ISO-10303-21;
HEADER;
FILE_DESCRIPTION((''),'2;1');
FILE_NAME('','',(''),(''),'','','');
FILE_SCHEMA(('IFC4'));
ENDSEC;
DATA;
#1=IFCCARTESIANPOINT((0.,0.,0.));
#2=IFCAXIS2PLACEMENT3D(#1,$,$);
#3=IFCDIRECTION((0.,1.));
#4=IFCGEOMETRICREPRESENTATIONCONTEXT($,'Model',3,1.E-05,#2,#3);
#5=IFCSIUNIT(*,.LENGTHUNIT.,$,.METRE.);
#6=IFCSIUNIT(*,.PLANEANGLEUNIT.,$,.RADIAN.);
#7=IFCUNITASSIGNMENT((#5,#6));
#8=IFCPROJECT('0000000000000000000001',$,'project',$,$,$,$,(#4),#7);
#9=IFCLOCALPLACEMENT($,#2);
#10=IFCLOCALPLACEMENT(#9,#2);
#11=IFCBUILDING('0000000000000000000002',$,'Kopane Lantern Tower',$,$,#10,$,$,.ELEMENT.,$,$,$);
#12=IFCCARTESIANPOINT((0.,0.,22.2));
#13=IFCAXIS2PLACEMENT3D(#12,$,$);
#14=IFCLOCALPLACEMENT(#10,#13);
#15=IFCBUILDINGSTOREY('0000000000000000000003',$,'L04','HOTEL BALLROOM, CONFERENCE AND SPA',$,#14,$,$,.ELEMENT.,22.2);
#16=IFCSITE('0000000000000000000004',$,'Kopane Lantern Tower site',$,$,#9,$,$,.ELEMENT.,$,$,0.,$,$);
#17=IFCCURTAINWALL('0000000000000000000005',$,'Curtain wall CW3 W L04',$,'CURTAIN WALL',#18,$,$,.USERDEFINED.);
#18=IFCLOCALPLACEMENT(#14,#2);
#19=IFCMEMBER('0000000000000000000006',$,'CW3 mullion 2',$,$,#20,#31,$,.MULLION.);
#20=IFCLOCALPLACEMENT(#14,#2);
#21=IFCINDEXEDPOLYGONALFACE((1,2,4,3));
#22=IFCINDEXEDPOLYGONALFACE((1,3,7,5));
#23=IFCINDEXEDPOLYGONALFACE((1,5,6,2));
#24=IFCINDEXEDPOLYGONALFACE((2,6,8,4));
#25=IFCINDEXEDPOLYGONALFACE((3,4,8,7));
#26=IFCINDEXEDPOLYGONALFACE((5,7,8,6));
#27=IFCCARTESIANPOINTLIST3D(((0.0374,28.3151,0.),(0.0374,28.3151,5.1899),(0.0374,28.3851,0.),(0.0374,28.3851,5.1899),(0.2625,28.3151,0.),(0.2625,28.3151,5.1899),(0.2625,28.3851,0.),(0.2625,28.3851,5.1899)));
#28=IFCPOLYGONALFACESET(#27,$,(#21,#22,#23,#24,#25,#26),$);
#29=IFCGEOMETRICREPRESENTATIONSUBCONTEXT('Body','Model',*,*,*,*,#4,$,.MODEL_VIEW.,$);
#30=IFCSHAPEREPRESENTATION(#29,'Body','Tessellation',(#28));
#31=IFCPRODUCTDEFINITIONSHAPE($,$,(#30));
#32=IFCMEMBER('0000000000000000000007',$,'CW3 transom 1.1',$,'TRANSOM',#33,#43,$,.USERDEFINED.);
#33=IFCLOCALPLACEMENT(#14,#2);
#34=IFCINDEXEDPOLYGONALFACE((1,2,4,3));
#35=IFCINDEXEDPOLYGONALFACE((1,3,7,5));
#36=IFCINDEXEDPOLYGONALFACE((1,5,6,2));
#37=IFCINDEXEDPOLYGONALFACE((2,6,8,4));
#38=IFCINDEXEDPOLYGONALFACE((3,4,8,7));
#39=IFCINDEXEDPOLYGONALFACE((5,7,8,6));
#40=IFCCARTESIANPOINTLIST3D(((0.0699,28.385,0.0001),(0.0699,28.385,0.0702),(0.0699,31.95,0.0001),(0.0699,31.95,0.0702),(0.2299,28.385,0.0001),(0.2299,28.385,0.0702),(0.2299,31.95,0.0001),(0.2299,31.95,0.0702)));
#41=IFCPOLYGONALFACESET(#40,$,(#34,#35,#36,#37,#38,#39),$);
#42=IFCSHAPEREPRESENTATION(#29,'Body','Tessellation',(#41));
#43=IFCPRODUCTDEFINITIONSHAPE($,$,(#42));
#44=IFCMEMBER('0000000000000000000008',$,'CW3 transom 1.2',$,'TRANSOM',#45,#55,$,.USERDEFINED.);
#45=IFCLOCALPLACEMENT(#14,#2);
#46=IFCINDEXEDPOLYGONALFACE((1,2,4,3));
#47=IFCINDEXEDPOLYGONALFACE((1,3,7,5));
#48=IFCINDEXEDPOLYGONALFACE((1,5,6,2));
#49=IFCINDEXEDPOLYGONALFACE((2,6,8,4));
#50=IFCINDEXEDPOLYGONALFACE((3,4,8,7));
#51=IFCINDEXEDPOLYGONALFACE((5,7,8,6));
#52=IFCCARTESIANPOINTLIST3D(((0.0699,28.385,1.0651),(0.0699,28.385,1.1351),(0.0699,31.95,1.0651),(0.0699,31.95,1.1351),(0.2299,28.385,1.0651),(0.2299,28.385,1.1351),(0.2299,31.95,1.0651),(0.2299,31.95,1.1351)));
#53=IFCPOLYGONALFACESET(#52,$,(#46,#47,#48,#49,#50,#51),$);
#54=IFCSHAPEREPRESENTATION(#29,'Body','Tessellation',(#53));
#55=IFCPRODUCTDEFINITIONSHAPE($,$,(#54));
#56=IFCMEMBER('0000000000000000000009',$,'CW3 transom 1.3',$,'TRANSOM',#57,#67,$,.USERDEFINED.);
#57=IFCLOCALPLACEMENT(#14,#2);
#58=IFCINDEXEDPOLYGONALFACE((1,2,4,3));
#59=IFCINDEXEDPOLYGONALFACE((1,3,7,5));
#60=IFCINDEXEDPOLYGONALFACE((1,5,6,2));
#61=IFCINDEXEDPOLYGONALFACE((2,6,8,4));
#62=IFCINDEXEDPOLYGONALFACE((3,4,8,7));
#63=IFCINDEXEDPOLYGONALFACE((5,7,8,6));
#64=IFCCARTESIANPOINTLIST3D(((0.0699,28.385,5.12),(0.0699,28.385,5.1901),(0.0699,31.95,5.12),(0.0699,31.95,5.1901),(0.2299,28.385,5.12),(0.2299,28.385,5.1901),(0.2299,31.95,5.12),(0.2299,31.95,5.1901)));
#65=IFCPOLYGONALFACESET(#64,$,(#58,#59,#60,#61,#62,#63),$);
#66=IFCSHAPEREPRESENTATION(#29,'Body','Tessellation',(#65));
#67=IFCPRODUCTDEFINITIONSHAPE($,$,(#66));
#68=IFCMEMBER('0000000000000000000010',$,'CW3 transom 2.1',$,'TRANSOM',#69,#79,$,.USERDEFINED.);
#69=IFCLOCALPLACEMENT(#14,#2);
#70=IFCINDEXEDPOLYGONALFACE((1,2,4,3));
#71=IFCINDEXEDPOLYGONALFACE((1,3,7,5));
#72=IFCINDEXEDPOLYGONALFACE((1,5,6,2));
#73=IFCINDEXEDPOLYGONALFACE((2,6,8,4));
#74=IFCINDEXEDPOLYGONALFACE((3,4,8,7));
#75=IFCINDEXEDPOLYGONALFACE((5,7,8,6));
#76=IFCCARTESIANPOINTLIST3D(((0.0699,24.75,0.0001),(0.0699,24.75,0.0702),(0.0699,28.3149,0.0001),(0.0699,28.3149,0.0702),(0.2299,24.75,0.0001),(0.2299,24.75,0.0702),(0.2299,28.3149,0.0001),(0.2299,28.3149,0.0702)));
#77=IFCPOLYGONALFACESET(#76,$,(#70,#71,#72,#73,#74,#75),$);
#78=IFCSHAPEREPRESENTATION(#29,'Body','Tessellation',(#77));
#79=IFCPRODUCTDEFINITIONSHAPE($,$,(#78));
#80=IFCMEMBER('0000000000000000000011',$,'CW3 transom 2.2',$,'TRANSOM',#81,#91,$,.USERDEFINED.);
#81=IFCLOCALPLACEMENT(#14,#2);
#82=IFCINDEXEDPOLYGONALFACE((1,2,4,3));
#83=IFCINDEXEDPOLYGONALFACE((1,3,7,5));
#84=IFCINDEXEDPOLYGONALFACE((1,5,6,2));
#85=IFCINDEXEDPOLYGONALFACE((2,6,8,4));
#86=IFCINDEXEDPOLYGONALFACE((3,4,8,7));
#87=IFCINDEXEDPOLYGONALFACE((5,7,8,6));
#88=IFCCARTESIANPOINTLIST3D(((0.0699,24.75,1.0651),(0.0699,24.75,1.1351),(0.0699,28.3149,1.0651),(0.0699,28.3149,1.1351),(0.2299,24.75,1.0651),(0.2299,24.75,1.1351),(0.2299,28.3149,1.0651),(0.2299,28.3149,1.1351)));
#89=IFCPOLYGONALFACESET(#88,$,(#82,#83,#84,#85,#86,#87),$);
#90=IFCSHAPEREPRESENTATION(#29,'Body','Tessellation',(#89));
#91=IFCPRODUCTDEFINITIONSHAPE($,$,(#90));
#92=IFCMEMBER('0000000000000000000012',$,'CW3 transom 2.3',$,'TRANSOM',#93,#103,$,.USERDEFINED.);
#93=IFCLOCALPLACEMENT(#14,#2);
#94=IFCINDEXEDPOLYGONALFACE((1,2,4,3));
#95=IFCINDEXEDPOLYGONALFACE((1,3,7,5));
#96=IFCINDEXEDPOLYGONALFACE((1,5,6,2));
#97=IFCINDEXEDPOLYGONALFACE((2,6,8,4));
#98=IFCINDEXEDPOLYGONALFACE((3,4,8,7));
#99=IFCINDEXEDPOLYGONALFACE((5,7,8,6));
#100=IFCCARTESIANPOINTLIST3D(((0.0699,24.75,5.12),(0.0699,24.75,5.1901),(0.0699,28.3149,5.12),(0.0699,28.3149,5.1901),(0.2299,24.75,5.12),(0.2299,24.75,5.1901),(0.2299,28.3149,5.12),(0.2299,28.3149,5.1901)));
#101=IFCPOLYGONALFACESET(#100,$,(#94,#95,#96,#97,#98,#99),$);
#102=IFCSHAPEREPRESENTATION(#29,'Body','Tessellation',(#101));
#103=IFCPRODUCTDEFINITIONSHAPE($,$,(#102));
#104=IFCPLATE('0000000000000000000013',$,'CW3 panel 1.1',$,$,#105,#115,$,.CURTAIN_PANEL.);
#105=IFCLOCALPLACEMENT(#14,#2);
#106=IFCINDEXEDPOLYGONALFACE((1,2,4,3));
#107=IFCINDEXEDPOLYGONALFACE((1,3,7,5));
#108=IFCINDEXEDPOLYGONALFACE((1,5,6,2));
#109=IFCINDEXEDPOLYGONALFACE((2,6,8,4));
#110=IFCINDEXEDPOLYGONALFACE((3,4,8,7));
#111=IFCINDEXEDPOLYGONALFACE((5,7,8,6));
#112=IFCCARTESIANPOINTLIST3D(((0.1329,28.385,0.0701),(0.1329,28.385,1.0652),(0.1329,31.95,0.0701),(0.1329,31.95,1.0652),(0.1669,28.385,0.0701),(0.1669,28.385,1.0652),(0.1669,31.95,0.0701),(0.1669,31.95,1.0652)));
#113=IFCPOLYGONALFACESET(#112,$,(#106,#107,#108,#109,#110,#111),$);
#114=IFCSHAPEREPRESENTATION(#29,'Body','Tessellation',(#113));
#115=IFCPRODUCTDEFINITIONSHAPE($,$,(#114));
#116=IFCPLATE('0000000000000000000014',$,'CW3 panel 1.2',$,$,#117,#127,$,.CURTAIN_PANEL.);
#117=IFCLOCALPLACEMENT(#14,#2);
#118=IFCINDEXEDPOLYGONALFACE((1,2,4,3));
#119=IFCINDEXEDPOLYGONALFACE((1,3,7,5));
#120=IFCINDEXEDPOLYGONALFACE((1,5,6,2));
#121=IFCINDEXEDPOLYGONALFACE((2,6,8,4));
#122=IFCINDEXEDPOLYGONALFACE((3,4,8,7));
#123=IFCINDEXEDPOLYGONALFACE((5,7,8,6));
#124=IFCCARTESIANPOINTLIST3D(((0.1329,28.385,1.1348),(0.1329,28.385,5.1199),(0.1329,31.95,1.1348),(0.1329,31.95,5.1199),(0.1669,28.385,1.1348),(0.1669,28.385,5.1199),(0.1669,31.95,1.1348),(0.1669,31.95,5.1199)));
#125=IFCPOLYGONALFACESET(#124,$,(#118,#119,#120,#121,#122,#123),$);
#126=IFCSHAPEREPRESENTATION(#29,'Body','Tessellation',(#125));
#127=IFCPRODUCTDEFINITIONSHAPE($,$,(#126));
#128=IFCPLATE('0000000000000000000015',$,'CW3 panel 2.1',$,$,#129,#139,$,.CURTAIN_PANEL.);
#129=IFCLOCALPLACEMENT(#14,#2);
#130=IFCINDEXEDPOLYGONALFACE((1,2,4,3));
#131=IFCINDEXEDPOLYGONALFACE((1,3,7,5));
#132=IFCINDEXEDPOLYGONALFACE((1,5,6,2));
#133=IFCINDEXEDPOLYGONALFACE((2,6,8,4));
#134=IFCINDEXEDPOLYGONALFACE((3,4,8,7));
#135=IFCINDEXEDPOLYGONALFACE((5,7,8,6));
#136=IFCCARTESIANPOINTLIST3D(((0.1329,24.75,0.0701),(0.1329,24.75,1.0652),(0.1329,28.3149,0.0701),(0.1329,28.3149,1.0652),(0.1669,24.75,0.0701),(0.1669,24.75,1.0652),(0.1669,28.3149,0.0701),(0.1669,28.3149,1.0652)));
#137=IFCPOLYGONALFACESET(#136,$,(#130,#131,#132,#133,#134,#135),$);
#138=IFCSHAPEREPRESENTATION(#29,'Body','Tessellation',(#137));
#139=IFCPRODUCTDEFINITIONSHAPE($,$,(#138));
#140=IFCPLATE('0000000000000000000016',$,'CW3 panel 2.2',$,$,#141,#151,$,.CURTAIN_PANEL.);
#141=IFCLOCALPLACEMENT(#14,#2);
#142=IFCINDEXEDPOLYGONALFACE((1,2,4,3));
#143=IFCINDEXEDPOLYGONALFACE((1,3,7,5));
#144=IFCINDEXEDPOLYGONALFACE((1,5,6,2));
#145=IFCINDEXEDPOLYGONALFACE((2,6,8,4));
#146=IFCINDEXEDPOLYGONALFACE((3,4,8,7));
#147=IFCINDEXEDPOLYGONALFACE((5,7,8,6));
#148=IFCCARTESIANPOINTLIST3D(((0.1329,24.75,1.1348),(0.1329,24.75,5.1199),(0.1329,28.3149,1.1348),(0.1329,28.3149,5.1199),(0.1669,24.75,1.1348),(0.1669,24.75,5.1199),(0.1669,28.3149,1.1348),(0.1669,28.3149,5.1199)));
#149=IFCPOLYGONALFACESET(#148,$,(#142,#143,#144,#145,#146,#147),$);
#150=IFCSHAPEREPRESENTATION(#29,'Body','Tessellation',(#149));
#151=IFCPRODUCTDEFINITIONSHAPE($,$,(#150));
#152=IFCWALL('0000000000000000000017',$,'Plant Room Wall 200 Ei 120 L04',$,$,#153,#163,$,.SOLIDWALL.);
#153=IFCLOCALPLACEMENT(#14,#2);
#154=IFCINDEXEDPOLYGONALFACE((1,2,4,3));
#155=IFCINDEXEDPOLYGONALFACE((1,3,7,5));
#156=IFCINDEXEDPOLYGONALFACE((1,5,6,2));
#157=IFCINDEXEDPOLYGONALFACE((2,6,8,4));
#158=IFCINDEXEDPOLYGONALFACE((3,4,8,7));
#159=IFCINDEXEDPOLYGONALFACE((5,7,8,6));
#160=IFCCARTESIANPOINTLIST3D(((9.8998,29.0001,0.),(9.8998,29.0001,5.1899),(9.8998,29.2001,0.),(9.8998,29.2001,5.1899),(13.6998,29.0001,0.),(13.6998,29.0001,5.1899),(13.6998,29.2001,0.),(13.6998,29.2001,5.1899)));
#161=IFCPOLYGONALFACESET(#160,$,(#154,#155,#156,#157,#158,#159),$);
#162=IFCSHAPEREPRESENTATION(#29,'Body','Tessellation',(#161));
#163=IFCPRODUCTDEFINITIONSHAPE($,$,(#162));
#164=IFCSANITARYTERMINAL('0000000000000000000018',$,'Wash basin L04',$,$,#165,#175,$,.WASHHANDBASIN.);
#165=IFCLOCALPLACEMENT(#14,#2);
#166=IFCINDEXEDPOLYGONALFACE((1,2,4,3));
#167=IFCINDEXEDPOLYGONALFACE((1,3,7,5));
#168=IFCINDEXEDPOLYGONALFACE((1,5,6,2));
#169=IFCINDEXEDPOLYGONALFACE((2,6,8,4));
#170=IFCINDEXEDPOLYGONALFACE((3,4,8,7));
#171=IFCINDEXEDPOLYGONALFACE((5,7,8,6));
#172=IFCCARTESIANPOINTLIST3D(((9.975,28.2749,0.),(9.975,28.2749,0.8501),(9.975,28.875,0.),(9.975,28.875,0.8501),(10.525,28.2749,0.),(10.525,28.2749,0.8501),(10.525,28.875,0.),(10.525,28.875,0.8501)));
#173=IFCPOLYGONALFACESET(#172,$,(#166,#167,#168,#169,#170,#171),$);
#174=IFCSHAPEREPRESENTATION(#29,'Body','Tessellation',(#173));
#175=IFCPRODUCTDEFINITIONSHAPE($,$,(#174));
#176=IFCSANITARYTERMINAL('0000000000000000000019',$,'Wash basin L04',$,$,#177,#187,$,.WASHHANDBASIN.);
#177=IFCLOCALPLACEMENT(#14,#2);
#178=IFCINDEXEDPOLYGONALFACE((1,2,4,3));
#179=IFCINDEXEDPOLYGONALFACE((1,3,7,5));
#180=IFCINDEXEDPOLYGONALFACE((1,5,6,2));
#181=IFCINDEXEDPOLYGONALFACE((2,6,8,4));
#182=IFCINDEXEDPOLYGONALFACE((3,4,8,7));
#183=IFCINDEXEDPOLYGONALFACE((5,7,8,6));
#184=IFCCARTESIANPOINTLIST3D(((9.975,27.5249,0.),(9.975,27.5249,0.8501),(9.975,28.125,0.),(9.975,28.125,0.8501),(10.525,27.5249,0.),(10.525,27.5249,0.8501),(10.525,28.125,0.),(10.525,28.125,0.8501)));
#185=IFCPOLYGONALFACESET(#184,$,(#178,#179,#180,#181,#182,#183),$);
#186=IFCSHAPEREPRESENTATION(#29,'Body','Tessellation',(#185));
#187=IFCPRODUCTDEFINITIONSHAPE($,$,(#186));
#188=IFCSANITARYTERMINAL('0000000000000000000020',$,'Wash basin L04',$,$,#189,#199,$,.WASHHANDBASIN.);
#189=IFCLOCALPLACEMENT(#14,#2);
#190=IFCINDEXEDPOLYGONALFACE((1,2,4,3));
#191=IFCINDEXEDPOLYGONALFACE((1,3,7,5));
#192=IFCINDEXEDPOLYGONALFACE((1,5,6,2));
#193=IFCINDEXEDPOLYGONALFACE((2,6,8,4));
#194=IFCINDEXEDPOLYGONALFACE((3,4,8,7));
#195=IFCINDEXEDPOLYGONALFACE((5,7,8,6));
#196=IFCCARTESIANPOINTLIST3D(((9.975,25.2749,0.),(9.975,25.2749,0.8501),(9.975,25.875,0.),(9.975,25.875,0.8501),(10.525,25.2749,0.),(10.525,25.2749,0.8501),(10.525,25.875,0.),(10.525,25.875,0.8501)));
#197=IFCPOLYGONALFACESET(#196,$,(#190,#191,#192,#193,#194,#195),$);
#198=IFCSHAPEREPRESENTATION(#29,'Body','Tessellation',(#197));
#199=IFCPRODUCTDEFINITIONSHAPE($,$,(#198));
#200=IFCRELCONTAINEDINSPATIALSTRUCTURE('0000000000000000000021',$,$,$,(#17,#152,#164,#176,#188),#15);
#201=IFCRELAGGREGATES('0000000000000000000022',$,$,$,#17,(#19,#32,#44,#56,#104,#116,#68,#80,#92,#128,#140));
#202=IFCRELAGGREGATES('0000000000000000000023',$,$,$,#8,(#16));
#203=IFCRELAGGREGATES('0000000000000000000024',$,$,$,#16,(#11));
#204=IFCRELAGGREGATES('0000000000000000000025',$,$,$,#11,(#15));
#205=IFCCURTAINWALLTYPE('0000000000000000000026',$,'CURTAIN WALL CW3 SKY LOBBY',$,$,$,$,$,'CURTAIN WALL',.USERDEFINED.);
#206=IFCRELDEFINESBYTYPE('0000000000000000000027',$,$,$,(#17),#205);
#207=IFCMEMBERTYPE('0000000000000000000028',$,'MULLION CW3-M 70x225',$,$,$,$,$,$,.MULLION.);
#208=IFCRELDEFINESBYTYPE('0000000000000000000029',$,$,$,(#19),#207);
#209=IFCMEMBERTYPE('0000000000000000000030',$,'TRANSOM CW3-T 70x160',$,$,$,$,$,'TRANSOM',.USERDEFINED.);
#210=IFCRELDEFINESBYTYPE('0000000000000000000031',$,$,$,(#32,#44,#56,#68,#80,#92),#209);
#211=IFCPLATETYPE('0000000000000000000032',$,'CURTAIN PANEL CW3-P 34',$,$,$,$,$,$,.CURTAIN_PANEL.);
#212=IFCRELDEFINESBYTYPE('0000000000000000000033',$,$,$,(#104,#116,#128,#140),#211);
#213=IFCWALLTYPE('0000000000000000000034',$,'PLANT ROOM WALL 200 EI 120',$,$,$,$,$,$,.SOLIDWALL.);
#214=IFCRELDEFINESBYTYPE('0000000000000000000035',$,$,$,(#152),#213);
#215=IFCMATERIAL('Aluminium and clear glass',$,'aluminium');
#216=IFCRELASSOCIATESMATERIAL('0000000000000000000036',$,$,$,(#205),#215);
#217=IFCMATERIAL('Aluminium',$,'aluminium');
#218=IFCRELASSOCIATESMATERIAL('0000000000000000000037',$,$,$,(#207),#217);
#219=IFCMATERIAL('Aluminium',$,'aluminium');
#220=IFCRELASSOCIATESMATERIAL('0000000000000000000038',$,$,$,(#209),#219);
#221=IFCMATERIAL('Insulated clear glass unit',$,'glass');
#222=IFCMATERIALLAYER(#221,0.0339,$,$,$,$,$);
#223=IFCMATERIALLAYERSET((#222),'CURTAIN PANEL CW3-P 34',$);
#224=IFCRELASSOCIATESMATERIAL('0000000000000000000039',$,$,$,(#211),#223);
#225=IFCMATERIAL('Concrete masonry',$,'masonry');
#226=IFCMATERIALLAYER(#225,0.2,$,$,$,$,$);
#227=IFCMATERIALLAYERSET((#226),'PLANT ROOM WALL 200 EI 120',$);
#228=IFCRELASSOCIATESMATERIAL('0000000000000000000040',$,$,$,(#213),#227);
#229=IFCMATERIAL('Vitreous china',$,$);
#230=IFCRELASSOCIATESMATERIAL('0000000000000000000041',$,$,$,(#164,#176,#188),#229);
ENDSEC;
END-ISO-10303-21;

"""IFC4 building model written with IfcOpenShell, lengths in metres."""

from ifc_helpers import new_model, si_unit, direction, frame, frame_2d, origin, origin_2d, place, context, subcontext, project, spatial, rectangle, extrude, material, layer, layer_set, material_profile, profile_set, type_object, element, aggregate, save


model = new_model("IFC4")

# Units and contexts
model_context = context("Model", 3, precision=1e-05, world=origin(), true_north=direction((0.0, 1.0)))
body_context = subcontext(model_context, "Body", "Model", "MODEL_VIEW")
ifc_project = project(units=[si_unit("LENGTHUNIT", "METRE"), si_unit("PLANEANGLEUNIT", "RADIAN")], contexts=[model_context])

# Site, building, storey
site_placement = place(None, origin())
site = spatial("IfcSite", under=ifc_project, at=site_placement, Name="Kopane Lantern Tower site", CompositionType="ELEMENT", RefElevation=0.0)
building_placement = place(site_placement, origin())
building = spatial("IfcBuilding", under=site, at=building_placement, Name="Kopane Lantern Tower", CompositionType="ELEMENT")
storey_placement = place(building_placement, frame((0.0, 0.0, 22.2)))
storey = spatial("IfcBuildingStorey", under=building, at=storey_placement, Name="L04", Description="HOTEL BALLROOM, CONFERENCE AND SPA", CompositionType="ELEMENT", Elevation=22.2)

# Curtain wall, members, plates
ifc_material_1 = material(Name="Aluminium and clear glass", Category="aluminium")
curtain_wall_type = type_object("IfcCurtainWallType", Name="CURTAIN WALL CW3 SKY LOBBY", ElementType="CURTAIN WALL", PredefinedType="USERDEFINED", material=ifc_material_1)
curtain_wall_placement = place(storey_placement, origin())
curtain_wall = element("IfcCurtainWall", 1, at=curtain_wall_placement, inside=storey, type_object=curtain_wall_type, Name="Curtain wall CW3 W L04", ObjectType="CURTAIN WALL", PredefinedType="USERDEFINED")
ifc_material_2 = material(Name="Aluminium", Category="aluminium")
ifc_material_profile_1 = material_profile(ifc_material_2, rectangle(XDim=0.0701, YDim=0.2251, at=origin_2d()), Name="AL 70x225")
ifc_profile_set_1 = profile_set([ifc_material_profile_1], Name="Aluminium")
member_type_1 = type_object("IfcMemberType", Name="MULLION CW3-M 70x225", PredefinedType="MULLION", material=ifc_profile_set_1)
member_1_placement = place(storey_placement, frame((0.1499, 28.3501, 0.0), z_axis=(0.0, 0.0, 1.0), x_axis=(0.0, -1.0, 0.0)))
member_1 = element("IfcMember", 2, at=member_1_placement, type_object=member_type_1, Name="CW3 mullion 2", PredefinedType="MULLION", context=body_context, shape_type="SweptSolid", body=[
    extrude(rectangle(XDim=0.0701, YDim=0.2251, at=origin_2d()), origin(), (0.0, 0.0, 1.0), 5.1899),
])
ifc_material_3 = material(Name="Aluminium", Category="aluminium")
ifc_material_profile_2 = material_profile(ifc_material_3, rectangle(XDim=0.1599, YDim=0.0701, at=origin_2d()), Name="AL 160x70")
ifc_profile_set_2 = profile_set([ifc_material_profile_2], Name="Aluminium")
member_type_2 = type_object("IfcMemberType", Name="TRANSOM CW3-T 70x160", ElementType="TRANSOM", PredefinedType="USERDEFINED", material=ifc_profile_set_2)
member_2_placement = place(storey_placement, frame((0.1499, 31.95, 0.0352), z_axis=(0.0, -1.0, 0.0), x_axis=(1.0, 0.0, 0.0)))
member_2 = element("IfcMember", 3, at=member_2_placement, type_object=member_type_2, Name="CW3 transom 1.1", ObjectType="TRANSOM", PredefinedType="USERDEFINED", context=body_context, shape_type="SweptSolid", body=[
    extrude(rectangle(XDim=0.1599, YDim=0.0701, at=origin_2d()), origin(), (0.0, 0.0, 1.0), 3.5649),
])
member_3_placement = place(storey_placement, frame((0.1499, 31.95, 1.1001), z_axis=(0.0, -1.0, 0.0), x_axis=(1.0, 0.0, 0.0)))
member_3 = element("IfcMember", 4, at=member_3_placement, type_object=member_type_2, Name="CW3 transom 1.2", ObjectType="TRANSOM", PredefinedType="USERDEFINED", context=body_context, shape_type="SweptSolid", body=[
    extrude(rectangle(XDim=0.1599, YDim=0.0701, at=origin_2d()), origin(), (0.0, 0.0, 1.0), 3.5649),
])
member_4_placement = place(storey_placement, frame((0.1499, 31.95, 5.155), z_axis=(0.0, -1.0, 0.0), x_axis=(1.0, 0.0, 0.0)))
member_4 = element("IfcMember", 5, at=member_4_placement, type_object=member_type_2, Name="CW3 transom 1.3", ObjectType="TRANSOM", PredefinedType="USERDEFINED", context=body_context, shape_type="SweptSolid", body=[
    extrude(rectangle(XDim=0.1599, YDim=0.0701, at=origin_2d()), origin(), (0.0, 0.0, 1.0), 3.5649),
])
member_5_placement = place(storey_placement, frame((0.1499, 28.3149, 0.0352), z_axis=(0.0, -1.0, 0.0), x_axis=(1.0, 0.0, 0.0)))
member_5 = element("IfcMember", 6, at=member_5_placement, type_object=member_type_2, Name="CW3 transom 2.1", ObjectType="TRANSOM", PredefinedType="USERDEFINED", context=body_context, shape_type="SweptSolid", body=[
    extrude(rectangle(XDim=0.1599, YDim=0.0701, at=origin_2d()), origin(), (0.0, 0.0, 1.0), 3.5649),
])
member_6_placement = place(storey_placement, frame((0.1499, 28.3149, 1.1001), z_axis=(0.0, -1.0, 0.0), x_axis=(1.0, 0.0, 0.0)))
member_6 = element("IfcMember", 7, at=member_6_placement, type_object=member_type_2, Name="CW3 transom 2.2", ObjectType="TRANSOM", PredefinedType="USERDEFINED", context=body_context, shape_type="SweptSolid", body=[
    extrude(rectangle(XDim=0.1599, YDim=0.0701, at=origin_2d()), origin(), (0.0, 0.0, 1.0), 3.5649),
])
member_7_placement = place(storey_placement, frame((0.1499, 28.3149, 5.155), z_axis=(0.0, -1.0, 0.0), x_axis=(1.0, 0.0, 0.0)))
member_7 = element("IfcMember", 8, at=member_7_placement, type_object=member_type_2, Name="CW3 transom 2.3", ObjectType="TRANSOM", PredefinedType="USERDEFINED", context=body_context, shape_type="SweptSolid", body=[
    extrude(rectangle(XDim=0.1599, YDim=0.0701, at=origin_2d()), origin(), (0.0, 0.0, 1.0), 3.5649),
])
ifc_material_4 = material(Name="Insulated clear glass unit", Category="glass")
ifc_layer_1 = layer(ifc_material_4, 0.0339)
ifc_layer_set_1 = layer_set([ifc_layer_1], Name="CURTAIN PANEL CW3-P 34")
plate_type = type_object("IfcPlateType", Name="CURTAIN PANEL CW3-P 34", PredefinedType="CURTAIN_PANEL", material=ifc_layer_set_1)
plate_1_placement = place(storey_placement, frame((0.1499, 30.1675, 0.0701), z_axis=(0.0, 0.0, 1.0), x_axis=(0.0, -1.0, 0.0)))
plate_1 = element("IfcPlate", 9, at=plate_1_placement, type_object=plate_type, Name="CW3 panel 1.1", PredefinedType="CURTAIN_PANEL", context=body_context, shape_type="SweptSolid", body=[
    extrude(rectangle(XDim=3.5649, YDim=0.0339, at=origin_2d()), origin(), (0.0, 0.0, 1.0), 0.9951),
])
plate_2_placement = place(storey_placement, frame((0.1499, 30.1675, 1.1348), z_axis=(0.0, 0.0, 1.0), x_axis=(0.0, -1.0, 0.0)))
plate_2 = element("IfcPlate", 10, at=plate_2_placement, type_object=plate_type, Name="CW3 panel 1.2", PredefinedType="CURTAIN_PANEL", context=body_context, shape_type="SweptSolid", body=[
    extrude(rectangle(XDim=3.5649, YDim=0.0339, at=origin_2d()), origin(), (0.0, 0.0, 1.0), 3.9851),
])
plate_3_placement = place(storey_placement, frame((0.1499, 26.5325, 0.0701), z_axis=(0.0, 0.0, 1.0), x_axis=(0.0, -1.0, 0.0)))
plate_3 = element("IfcPlate", 11, at=plate_3_placement, type_object=plate_type, Name="CW3 panel 2.1", PredefinedType="CURTAIN_PANEL", context=body_context, shape_type="SweptSolid", body=[
    extrude(rectangle(XDim=3.5649, YDim=0.0339, at=origin_2d()), origin(), (0.0, 0.0, 1.0), 0.9951),
])
plate_4_placement = place(storey_placement, frame((0.1499, 26.5325, 1.1348), z_axis=(0.0, 0.0, 1.0), x_axis=(0.0, -1.0, 0.0)))
plate_4 = element("IfcPlate", 12, at=plate_4_placement, type_object=plate_type, Name="CW3 panel 2.2", PredefinedType="CURTAIN_PANEL", context=body_context, shape_type="SweptSolid", body=[
    extrude(rectangle(XDim=3.5649, YDim=0.0339, at=origin_2d()), origin(), (0.0, 0.0, 1.0), 3.9851),
])
aggregate(curtain_wall, [member_1, member_2, member_3, member_4, plate_1, plate_2, member_5, member_6, member_7, plate_3, plate_4])

# Wall
ifc_material_5 = material(Name="Concrete masonry", Category="masonry")
ifc_layer_2 = layer(ifc_material_5, 0.2)
ifc_layer_set_2 = layer_set([ifc_layer_2], Name="PLANT ROOM WALL 200 EI 120")
wall_type = type_object("IfcWallType", Name="PLANT ROOM WALL 200 EI 120", PredefinedType="SOLIDWALL", material=ifc_layer_set_2)
wall_placement = place(storey_placement, frame((9.8999, 29.1001, 0.0), z_axis=(0.0, 0.0, 1.0), x_axis=(1.0, 0.0, 0.0)))
element("IfcWall", 13, at=wall_placement, inside=storey, type_object=wall_type, Name="Plant Room Wall 200 Ei 120 L04", PredefinedType="SOLIDWALL", context=body_context, shape_type="SweptSolid", body=[
    extrude(rectangle(XDim=3.8, YDim=0.2, at=frame_2d((1.8999, 0.0))), origin(), (0.0, 0.0, 1.0), 5.1899),
])

# Sanitary terminals
ifc_material_6 = material(Name="Vitreous china")
for number, where, z_axis, x_axis, name in (
    (14, (10.25, 28.575, 0.0), (0.0, 0.0, 1.0), (1.0, 0.0, 0.0), "Wash basin L04"),
    (15, (10.25, 27.825, 0.0), (0.0, 0.0, 1.0), (1.0, 0.0, 0.0), "Wash basin L04"),
    (16, (10.25, 25.575, 0.0), (0.0, 0.0, 1.0), (1.0, 0.0, 0.0), "Wash basin L04"),
):
    element("IfcSanitaryTerminal", number, at=place(storey_placement, frame(where, z_axis=z_axis, x_axis=x_axis)), inside=storey, material=ifc_material_6, Name=name, PredefinedType="WASHHANDBASIN", context=body_context, shape_type="SweptSolid", body=[
        extrude(rectangle(XDim=0.55, YDim=0.6001, at=origin_2d()), origin(), (0.0, 0.0, 1.0), 0.8501),
    ])

save(model, "model.ifc")
